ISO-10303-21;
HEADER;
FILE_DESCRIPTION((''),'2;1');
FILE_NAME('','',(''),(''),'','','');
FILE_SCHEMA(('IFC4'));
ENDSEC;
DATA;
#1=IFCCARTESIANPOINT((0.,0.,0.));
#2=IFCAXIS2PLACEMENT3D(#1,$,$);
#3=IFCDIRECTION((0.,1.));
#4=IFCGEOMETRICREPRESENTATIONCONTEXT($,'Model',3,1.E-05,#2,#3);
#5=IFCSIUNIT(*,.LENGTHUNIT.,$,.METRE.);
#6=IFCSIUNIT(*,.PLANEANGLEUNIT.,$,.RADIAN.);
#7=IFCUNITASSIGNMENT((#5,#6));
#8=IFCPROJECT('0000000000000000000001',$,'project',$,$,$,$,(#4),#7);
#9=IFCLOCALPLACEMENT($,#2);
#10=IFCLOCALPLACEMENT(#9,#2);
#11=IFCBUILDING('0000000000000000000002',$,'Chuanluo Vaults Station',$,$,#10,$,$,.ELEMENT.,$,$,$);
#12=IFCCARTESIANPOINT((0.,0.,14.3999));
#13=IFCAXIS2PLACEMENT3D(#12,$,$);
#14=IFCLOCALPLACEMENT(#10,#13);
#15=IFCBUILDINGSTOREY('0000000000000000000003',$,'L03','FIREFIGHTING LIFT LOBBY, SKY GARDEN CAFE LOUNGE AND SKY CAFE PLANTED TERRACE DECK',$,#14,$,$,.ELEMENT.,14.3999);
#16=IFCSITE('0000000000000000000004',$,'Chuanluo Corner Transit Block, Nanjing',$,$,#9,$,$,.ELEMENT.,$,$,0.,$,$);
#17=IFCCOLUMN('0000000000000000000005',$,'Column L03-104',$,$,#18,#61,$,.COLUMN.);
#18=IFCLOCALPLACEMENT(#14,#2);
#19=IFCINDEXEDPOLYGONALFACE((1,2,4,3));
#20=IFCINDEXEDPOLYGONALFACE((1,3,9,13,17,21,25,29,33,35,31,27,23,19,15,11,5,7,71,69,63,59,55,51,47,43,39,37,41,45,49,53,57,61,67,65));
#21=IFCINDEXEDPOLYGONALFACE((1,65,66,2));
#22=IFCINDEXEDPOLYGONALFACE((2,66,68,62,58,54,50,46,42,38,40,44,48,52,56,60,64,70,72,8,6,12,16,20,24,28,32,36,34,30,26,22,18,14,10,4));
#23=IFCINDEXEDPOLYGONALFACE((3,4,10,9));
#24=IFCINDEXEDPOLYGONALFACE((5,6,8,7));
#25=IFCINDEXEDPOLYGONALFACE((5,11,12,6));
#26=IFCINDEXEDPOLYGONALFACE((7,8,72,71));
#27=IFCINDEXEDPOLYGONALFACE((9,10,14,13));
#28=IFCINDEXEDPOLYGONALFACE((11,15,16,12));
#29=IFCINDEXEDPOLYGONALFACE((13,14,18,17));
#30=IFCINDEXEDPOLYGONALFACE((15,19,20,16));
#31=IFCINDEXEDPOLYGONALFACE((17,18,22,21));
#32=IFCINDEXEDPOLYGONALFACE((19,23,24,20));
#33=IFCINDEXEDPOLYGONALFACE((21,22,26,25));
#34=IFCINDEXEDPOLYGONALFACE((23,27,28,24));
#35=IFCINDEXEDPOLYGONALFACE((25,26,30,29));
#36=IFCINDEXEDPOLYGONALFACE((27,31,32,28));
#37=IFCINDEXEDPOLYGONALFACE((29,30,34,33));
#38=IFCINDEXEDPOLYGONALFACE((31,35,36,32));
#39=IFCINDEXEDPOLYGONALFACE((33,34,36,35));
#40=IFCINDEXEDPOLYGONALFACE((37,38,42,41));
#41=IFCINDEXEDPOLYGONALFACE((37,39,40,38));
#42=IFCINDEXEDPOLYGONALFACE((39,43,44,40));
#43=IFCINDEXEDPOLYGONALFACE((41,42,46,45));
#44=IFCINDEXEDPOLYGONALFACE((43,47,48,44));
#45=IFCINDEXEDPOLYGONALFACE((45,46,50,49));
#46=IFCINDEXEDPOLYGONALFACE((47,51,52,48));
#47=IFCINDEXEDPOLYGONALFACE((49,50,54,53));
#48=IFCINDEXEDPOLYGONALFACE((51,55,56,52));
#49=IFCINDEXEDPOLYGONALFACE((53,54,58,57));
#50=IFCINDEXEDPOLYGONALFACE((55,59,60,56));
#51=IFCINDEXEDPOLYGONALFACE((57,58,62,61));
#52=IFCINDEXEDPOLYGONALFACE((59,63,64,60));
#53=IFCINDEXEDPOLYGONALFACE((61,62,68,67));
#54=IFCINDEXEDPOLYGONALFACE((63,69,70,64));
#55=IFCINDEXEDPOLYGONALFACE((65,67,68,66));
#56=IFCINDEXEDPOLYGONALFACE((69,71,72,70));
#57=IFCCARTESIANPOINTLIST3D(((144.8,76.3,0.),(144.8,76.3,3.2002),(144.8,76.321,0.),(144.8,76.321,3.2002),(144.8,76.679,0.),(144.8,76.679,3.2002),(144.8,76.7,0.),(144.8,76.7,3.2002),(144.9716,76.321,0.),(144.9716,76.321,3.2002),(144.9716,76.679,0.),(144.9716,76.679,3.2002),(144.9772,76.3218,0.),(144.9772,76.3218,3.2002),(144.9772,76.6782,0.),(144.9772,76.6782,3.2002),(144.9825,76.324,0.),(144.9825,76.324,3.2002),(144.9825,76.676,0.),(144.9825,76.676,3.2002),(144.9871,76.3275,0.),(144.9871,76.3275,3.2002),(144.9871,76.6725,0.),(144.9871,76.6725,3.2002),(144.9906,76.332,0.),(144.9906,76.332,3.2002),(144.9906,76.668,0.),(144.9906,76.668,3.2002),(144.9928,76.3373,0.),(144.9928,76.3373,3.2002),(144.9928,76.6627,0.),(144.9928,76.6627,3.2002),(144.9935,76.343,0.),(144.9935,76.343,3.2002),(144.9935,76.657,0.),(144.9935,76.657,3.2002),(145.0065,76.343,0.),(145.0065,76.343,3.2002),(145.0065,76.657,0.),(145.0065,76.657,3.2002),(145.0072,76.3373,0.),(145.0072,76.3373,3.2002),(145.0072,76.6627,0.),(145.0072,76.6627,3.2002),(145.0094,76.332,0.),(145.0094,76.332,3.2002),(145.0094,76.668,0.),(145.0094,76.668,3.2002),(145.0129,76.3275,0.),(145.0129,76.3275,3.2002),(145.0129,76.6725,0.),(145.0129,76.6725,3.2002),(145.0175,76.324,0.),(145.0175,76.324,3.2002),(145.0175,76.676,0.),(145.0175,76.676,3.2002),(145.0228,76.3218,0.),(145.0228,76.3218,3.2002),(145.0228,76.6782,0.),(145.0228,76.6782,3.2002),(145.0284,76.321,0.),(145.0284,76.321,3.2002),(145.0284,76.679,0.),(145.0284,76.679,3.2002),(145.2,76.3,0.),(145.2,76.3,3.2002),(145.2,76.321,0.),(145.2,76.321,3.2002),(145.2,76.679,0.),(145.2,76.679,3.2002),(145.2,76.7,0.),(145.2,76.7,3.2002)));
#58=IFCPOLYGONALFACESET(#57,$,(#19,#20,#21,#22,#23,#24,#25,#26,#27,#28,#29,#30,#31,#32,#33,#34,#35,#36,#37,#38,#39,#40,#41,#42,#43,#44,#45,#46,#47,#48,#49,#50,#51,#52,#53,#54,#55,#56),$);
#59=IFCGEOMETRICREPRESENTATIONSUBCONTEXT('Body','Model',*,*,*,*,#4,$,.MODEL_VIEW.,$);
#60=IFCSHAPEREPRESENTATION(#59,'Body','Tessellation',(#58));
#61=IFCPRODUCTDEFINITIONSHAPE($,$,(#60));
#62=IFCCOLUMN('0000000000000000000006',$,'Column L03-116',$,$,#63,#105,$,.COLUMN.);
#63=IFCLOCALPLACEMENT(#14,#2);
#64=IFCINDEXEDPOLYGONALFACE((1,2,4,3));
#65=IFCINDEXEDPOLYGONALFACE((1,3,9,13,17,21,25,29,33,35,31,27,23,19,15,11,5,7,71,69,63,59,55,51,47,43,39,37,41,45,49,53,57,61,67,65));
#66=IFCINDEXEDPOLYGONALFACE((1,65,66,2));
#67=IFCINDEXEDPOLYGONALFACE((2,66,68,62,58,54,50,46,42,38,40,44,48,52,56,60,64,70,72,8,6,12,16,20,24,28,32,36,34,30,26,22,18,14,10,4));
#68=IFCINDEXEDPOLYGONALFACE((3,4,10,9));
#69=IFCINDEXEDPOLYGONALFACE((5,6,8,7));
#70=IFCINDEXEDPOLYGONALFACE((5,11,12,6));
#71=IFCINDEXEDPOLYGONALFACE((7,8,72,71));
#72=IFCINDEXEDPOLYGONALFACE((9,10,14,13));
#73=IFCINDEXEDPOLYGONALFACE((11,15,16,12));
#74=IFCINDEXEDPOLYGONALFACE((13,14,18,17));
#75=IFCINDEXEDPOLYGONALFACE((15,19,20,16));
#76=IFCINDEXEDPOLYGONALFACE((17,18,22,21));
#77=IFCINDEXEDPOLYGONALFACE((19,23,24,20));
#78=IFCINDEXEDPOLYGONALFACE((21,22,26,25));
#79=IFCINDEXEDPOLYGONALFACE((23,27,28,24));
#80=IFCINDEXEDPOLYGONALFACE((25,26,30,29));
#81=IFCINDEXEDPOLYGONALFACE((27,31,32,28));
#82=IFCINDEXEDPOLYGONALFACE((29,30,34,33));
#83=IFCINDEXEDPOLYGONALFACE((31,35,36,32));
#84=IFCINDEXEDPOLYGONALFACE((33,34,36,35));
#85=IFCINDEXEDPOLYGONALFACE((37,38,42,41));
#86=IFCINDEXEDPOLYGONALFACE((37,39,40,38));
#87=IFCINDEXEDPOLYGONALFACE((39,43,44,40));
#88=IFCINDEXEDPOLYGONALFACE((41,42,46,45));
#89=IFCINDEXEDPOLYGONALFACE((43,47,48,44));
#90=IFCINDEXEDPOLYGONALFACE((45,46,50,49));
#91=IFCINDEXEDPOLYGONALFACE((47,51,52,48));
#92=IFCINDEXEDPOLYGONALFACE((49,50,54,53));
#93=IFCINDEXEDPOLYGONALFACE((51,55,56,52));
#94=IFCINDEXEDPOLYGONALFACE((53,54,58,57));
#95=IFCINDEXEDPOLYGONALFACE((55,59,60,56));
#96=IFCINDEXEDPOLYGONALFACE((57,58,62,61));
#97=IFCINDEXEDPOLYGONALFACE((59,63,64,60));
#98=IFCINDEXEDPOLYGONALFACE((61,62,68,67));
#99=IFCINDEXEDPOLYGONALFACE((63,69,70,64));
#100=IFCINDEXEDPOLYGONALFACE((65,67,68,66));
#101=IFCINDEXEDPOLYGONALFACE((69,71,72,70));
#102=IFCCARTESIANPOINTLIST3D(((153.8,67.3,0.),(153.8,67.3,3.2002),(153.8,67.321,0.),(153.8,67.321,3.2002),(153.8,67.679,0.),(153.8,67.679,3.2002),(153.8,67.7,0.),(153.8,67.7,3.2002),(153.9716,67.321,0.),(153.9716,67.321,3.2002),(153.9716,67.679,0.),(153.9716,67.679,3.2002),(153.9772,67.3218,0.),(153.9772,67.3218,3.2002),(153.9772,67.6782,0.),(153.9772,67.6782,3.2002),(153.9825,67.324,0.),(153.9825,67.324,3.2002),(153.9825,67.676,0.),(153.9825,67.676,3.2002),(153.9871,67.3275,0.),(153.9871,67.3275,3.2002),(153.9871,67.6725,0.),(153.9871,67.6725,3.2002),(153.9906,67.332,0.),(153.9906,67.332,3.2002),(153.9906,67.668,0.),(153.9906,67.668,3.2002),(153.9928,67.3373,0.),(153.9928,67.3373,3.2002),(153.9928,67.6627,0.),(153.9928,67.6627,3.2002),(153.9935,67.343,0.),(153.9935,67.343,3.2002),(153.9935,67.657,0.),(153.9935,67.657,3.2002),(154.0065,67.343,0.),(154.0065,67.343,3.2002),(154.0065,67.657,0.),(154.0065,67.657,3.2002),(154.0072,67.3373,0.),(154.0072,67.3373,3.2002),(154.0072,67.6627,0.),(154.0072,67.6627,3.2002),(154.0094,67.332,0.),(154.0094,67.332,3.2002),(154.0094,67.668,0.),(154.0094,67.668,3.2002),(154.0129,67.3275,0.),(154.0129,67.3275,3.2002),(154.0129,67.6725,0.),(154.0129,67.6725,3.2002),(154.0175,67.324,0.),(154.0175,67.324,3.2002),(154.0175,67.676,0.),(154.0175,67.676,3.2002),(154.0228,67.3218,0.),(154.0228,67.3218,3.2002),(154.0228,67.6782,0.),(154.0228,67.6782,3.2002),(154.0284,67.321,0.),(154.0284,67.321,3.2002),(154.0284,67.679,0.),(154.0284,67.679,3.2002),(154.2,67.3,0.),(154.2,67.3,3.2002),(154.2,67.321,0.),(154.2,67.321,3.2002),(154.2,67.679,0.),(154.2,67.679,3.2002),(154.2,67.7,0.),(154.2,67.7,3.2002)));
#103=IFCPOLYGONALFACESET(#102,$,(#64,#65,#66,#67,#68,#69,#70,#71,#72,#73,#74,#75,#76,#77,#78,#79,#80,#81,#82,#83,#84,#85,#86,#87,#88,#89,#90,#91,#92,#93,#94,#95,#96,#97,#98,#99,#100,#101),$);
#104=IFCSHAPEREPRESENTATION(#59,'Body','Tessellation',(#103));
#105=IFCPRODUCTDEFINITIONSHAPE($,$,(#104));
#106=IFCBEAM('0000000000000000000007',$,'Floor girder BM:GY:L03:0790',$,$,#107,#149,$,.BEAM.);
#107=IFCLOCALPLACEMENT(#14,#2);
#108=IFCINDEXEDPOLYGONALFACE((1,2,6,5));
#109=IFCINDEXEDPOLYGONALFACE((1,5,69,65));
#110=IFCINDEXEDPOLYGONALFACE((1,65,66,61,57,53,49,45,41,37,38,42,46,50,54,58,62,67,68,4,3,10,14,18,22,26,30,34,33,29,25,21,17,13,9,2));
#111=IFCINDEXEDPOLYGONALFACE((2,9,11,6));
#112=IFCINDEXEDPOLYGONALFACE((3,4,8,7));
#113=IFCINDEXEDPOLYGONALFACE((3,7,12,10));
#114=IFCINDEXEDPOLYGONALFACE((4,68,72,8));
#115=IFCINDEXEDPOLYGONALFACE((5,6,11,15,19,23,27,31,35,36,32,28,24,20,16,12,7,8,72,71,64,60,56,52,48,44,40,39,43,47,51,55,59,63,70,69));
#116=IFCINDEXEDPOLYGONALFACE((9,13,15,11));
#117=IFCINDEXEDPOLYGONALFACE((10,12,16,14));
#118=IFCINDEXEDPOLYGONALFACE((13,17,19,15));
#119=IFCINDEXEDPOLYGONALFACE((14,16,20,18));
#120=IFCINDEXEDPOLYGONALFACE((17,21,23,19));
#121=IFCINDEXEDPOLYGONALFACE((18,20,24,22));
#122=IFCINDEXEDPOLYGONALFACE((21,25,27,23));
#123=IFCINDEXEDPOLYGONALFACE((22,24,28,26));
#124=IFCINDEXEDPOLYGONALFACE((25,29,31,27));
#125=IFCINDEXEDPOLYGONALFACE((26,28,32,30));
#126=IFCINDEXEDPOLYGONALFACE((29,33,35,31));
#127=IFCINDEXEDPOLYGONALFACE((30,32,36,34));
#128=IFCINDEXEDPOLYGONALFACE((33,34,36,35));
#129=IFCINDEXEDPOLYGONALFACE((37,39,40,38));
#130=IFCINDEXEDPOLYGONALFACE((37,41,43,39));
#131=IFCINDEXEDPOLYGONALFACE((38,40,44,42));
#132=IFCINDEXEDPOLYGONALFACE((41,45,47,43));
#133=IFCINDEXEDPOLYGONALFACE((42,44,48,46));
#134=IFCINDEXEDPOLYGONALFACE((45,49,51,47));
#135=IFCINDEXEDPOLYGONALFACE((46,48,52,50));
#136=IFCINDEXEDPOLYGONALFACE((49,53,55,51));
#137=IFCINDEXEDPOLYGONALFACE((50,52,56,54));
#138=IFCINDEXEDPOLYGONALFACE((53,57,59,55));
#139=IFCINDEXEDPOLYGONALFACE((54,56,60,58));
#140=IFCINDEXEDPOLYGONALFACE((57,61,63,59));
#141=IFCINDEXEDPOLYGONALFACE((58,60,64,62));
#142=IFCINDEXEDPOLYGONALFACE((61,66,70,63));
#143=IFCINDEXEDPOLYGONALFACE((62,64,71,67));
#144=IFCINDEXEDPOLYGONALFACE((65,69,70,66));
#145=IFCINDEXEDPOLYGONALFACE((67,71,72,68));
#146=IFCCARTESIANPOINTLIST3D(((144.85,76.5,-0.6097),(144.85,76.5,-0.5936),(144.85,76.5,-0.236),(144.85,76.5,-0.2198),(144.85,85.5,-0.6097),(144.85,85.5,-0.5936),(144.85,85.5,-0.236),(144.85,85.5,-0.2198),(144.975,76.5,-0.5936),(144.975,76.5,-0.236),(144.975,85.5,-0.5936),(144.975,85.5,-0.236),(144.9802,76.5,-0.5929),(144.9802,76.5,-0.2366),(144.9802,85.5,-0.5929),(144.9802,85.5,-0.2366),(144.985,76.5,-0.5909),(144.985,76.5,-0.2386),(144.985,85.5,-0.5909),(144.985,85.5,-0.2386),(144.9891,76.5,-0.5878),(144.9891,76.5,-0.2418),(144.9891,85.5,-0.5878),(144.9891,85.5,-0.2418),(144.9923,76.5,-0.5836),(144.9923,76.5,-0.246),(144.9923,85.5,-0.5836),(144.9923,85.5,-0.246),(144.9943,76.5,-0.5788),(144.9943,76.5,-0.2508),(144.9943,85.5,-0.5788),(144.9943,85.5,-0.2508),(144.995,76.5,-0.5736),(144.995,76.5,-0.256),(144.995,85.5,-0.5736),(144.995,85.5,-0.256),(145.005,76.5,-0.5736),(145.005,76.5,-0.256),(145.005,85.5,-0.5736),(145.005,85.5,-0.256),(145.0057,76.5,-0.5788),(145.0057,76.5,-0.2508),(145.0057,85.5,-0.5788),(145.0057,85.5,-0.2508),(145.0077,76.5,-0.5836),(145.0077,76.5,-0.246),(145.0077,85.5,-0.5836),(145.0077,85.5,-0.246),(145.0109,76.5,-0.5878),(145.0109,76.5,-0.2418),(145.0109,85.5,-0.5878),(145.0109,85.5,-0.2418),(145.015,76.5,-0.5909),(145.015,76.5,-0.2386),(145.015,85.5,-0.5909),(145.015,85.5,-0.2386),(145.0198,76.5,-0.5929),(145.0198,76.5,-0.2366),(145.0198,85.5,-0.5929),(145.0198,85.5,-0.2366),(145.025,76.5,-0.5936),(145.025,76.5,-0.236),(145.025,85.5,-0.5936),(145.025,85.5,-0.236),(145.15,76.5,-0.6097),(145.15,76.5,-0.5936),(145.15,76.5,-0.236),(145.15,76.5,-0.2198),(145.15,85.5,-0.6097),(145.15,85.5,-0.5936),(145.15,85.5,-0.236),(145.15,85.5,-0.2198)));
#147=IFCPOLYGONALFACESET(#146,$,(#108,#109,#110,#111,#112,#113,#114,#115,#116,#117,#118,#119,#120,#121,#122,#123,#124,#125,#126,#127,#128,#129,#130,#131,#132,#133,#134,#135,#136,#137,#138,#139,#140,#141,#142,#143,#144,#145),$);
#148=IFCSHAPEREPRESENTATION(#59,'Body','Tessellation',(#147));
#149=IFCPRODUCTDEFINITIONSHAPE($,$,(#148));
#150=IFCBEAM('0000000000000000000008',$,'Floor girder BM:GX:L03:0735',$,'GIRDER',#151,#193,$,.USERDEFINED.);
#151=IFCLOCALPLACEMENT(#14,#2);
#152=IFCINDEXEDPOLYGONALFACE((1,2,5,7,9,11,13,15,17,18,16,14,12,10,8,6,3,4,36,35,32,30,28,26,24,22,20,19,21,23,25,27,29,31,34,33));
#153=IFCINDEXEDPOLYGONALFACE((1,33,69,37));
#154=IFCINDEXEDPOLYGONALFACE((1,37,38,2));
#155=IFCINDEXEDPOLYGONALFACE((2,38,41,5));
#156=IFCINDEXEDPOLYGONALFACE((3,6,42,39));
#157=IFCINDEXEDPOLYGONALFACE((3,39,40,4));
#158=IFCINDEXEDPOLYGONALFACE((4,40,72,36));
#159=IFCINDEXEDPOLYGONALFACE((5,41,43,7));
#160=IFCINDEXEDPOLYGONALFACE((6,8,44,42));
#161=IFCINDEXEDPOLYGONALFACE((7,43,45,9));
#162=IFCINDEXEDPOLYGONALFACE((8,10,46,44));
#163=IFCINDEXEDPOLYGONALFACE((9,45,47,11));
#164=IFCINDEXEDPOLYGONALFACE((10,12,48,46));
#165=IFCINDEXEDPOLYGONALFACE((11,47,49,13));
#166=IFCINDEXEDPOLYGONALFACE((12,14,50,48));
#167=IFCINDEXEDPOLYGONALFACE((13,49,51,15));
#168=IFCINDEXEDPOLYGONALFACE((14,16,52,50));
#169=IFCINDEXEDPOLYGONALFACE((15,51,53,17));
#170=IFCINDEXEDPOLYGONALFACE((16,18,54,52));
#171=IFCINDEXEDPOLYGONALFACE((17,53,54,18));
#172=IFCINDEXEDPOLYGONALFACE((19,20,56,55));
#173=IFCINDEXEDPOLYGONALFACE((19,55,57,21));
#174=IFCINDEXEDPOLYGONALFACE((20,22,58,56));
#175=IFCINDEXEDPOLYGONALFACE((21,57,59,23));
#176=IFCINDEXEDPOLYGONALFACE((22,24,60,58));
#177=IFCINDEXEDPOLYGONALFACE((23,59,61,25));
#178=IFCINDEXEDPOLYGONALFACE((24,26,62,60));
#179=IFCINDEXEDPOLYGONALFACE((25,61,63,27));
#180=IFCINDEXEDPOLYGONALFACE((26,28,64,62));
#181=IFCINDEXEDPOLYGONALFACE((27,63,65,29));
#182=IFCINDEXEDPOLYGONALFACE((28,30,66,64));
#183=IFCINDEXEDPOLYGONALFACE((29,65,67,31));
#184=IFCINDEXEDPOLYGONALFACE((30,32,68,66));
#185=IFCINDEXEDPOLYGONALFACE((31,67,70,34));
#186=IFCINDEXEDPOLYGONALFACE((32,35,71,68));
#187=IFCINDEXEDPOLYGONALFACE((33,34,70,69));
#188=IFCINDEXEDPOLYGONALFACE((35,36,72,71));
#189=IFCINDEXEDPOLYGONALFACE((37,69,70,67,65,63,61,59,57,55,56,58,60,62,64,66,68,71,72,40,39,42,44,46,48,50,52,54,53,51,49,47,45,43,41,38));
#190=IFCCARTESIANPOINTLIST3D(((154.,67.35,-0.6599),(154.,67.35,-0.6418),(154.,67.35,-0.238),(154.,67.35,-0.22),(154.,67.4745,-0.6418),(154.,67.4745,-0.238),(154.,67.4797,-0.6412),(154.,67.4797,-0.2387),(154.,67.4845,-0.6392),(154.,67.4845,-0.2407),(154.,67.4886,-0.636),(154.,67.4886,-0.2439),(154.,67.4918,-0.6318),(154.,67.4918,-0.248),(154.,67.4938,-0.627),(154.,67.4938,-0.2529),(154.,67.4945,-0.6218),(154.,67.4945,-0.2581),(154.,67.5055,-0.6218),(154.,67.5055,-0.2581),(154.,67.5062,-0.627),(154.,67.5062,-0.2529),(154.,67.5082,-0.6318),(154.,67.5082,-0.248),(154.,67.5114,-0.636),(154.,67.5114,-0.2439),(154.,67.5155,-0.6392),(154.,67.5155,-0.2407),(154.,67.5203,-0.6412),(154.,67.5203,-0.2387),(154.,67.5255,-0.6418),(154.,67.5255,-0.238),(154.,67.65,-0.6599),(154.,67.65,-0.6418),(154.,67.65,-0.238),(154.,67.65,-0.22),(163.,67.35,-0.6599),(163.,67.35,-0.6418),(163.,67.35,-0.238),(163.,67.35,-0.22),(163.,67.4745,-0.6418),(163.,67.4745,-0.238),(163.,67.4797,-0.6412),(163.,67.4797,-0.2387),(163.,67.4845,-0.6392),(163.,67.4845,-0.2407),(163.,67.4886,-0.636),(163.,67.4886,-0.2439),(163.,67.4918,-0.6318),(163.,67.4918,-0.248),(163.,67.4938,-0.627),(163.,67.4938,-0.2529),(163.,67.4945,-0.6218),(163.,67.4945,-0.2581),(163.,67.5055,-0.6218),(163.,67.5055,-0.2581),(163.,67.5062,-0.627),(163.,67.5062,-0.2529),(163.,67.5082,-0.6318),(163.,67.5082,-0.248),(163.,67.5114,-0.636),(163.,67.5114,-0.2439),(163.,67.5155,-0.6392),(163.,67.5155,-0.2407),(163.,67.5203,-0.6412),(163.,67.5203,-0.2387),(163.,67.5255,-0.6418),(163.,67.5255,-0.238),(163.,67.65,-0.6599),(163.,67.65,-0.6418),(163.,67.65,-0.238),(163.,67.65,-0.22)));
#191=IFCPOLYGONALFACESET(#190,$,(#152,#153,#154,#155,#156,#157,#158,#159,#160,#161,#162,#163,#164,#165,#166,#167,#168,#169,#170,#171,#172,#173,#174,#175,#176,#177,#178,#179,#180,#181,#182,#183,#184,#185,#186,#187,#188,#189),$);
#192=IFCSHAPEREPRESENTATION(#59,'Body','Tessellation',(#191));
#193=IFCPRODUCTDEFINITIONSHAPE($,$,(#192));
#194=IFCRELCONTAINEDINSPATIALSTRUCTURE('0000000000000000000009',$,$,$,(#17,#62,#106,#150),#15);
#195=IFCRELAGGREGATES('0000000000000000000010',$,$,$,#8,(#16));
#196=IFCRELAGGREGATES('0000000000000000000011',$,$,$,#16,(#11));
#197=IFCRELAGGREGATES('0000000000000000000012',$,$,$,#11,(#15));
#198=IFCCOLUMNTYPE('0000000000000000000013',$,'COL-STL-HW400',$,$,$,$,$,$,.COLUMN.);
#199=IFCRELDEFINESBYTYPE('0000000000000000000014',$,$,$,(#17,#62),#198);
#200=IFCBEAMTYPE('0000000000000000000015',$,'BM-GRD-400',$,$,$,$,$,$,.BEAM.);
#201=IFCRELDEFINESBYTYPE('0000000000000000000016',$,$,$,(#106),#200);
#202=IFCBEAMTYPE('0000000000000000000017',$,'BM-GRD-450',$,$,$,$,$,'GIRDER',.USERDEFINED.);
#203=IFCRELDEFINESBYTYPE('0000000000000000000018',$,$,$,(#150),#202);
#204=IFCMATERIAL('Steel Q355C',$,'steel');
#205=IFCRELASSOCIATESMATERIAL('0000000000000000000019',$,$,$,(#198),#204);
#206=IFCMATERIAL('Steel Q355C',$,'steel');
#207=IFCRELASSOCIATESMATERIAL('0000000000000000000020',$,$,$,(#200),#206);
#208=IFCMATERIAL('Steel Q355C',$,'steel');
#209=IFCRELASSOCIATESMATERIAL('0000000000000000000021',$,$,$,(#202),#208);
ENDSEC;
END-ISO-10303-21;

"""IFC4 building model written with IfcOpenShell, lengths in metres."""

from ifc_helpers import new_model, si_unit, direction, frame, origin, origin_2d, place, context, subcontext, project, spatial, i_section, extrude, material, material_profile, profile_set, type_object, element, save


model = new_model("IFC4")

# Units and contexts
model_context = context("Model", 3, precision=1e-05, world=origin(), true_north=direction((0.0, 1.0)))
body_context = subcontext(model_context, "Body", "Model", "MODEL_VIEW")
ifc_project = project(units=[si_unit("LENGTHUNIT", "METRE"), si_unit("PLANEANGLEUNIT", "RADIAN")], contexts=[model_context])

# Site, building, storey
site_placement = place(None, origin())
site = spatial("IfcSite", under=ifc_project, at=site_placement, Name="Chuanluo Corner Transit Block, Nanjing", CompositionType="ELEMENT", RefElevation=0.0)
building_placement = place(site_placement, origin())
building = spatial("IfcBuilding", under=site, at=building_placement, Name="Chuanluo Vaults Station", CompositionType="ELEMENT")
storey_placement = place(building_placement, frame((0.0, 0.0, 14.3999)))
storey = spatial("IfcBuildingStorey", under=building, at=storey_placement, Name="L03", Description="FIREFIGHTING LIFT LOBBY, SKY GARDEN CAFE LOUNGE AND SKY CAFE PLANTED TERRACE DECK", CompositionType="ELEMENT", Elevation=14.3999)

# Columns
ifc_material_1 = material(Name="Steel Q355C", Category="steel")
ifc_material_profile_1 = material_profile(ifc_material_1, i_section(OverallWidth=0.3999, OverallDepth=0.3999, WebThickness=0.0129, FlangeThickness=0.021, FilletRadius=0.022, at=origin_2d()))
ifc_profile_set_1 = profile_set([ifc_material_profile_1], Name="Steel Q355C")
column_type = type_object("IfcColumnType", Name="COL-STL-HW400", PredefinedType="COLUMN", material=ifc_profile_set_1)
for number, where, z_axis, x_axis, name in (
    (1, (145.0, 76.5, 0.0), (0.0, 0.0, 1.0), (1.0, 0.0, 0.0), "Column L03-104"),
    (2, (154.0, 67.5, 0.0), (0.0, 0.0, 1.0), (1.0, 0.0, 0.0), "Column L03-116"),
):
    element("IfcColumn", number, at=place(storey_placement, frame(where, z_axis=z_axis, x_axis=x_axis)), inside=storey, type_object=column_type, Name=name, PredefinedType="COLUMN", context=body_context, shape_type="SweptSolid", body=[
        extrude(i_section(OverallWidth=0.3999, OverallDepth=0.3999, WebThickness=0.0129, FlangeThickness=0.021, FilletRadius=0.022, at=origin_2d()), origin(), (0.0, 0.0, 1.0), 3.2002),
    ])

# Beams
ifc_material_2 = material(Name="Steel Q355C", Category="steel")
ifc_material_profile_2 = material_profile(ifc_material_2, i_section(OverallWidth=0.3, OverallDepth=0.3899, WebThickness=0.01, FlangeThickness=0.0161, FilletRadius=0.02, at=origin_2d()))
ifc_profile_set_2 = profile_set([ifc_material_profile_2], Name="Steel Q355C")
beam_type_1 = type_object("IfcBeamType", Name="BM-GRD-400", PredefinedType="BEAM", material=ifc_profile_set_2)
beam_1_placement = place(storey_placement, frame((145.0, 76.5, -0.4148), z_axis=(0.0, 1.0, 0.0), x_axis=(-1.0, 0.0, 0.0)))
element("IfcBeam", 3, at=beam_1_placement, inside=storey, type_object=beam_type_1, Name="Floor girder BM:GY:L03:0790", PredefinedType="BEAM", context=body_context, shape_type="SweptSolid", body=[
    extrude(i_section(OverallWidth=0.3, OverallDepth=0.3899, WebThickness=0.01, FlangeThickness=0.0161, FilletRadius=0.02, at=origin_2d()), origin(), (0.0, 0.0, 1.0), 9.0),
])
ifc_material_3 = material(Name="Steel Q355C", Category="steel")
ifc_material_profile_3 = material_profile(ifc_material_3, i_section(OverallWidth=0.3, OverallDepth=0.4399, WebThickness=0.011, FlangeThickness=0.0181, FilletRadius=0.02, at=origin_2d()))
ifc_profile_set_3 = profile_set([ifc_material_profile_3], Name="Steel Q355C")
beam_type_2 = type_object("IfcBeamType", Name="BM-GRD-450", ElementType="GIRDER", PredefinedType="USERDEFINED", material=ifc_profile_set_3)
for number, where, z_axis, x_axis, name in (
    (4, (154.0, 67.5, -0.4399), (1.0, 0.0, 0.0), (0.0, 1.0, 0.0), "Floor girder BM:GX:L03:0735"),
):
    element("IfcBeam", number, at=place(storey_placement, frame(where, z_axis=z_axis, x_axis=x_axis)), inside=storey, type_object=beam_type_2, Name=name, ObjectType="GIRDER", PredefinedType="USERDEFINED", context=body_context, shape_type="SweptSolid", body=[
        extrude(i_section(OverallWidth=0.3, OverallDepth=0.4399, WebThickness=0.011, FlangeThickness=0.0181, FilletRadius=0.02, at=origin_2d()), origin(), (0.0, 0.0, 1.0), 9.0),
    ])

save(model, "model.ifc")
